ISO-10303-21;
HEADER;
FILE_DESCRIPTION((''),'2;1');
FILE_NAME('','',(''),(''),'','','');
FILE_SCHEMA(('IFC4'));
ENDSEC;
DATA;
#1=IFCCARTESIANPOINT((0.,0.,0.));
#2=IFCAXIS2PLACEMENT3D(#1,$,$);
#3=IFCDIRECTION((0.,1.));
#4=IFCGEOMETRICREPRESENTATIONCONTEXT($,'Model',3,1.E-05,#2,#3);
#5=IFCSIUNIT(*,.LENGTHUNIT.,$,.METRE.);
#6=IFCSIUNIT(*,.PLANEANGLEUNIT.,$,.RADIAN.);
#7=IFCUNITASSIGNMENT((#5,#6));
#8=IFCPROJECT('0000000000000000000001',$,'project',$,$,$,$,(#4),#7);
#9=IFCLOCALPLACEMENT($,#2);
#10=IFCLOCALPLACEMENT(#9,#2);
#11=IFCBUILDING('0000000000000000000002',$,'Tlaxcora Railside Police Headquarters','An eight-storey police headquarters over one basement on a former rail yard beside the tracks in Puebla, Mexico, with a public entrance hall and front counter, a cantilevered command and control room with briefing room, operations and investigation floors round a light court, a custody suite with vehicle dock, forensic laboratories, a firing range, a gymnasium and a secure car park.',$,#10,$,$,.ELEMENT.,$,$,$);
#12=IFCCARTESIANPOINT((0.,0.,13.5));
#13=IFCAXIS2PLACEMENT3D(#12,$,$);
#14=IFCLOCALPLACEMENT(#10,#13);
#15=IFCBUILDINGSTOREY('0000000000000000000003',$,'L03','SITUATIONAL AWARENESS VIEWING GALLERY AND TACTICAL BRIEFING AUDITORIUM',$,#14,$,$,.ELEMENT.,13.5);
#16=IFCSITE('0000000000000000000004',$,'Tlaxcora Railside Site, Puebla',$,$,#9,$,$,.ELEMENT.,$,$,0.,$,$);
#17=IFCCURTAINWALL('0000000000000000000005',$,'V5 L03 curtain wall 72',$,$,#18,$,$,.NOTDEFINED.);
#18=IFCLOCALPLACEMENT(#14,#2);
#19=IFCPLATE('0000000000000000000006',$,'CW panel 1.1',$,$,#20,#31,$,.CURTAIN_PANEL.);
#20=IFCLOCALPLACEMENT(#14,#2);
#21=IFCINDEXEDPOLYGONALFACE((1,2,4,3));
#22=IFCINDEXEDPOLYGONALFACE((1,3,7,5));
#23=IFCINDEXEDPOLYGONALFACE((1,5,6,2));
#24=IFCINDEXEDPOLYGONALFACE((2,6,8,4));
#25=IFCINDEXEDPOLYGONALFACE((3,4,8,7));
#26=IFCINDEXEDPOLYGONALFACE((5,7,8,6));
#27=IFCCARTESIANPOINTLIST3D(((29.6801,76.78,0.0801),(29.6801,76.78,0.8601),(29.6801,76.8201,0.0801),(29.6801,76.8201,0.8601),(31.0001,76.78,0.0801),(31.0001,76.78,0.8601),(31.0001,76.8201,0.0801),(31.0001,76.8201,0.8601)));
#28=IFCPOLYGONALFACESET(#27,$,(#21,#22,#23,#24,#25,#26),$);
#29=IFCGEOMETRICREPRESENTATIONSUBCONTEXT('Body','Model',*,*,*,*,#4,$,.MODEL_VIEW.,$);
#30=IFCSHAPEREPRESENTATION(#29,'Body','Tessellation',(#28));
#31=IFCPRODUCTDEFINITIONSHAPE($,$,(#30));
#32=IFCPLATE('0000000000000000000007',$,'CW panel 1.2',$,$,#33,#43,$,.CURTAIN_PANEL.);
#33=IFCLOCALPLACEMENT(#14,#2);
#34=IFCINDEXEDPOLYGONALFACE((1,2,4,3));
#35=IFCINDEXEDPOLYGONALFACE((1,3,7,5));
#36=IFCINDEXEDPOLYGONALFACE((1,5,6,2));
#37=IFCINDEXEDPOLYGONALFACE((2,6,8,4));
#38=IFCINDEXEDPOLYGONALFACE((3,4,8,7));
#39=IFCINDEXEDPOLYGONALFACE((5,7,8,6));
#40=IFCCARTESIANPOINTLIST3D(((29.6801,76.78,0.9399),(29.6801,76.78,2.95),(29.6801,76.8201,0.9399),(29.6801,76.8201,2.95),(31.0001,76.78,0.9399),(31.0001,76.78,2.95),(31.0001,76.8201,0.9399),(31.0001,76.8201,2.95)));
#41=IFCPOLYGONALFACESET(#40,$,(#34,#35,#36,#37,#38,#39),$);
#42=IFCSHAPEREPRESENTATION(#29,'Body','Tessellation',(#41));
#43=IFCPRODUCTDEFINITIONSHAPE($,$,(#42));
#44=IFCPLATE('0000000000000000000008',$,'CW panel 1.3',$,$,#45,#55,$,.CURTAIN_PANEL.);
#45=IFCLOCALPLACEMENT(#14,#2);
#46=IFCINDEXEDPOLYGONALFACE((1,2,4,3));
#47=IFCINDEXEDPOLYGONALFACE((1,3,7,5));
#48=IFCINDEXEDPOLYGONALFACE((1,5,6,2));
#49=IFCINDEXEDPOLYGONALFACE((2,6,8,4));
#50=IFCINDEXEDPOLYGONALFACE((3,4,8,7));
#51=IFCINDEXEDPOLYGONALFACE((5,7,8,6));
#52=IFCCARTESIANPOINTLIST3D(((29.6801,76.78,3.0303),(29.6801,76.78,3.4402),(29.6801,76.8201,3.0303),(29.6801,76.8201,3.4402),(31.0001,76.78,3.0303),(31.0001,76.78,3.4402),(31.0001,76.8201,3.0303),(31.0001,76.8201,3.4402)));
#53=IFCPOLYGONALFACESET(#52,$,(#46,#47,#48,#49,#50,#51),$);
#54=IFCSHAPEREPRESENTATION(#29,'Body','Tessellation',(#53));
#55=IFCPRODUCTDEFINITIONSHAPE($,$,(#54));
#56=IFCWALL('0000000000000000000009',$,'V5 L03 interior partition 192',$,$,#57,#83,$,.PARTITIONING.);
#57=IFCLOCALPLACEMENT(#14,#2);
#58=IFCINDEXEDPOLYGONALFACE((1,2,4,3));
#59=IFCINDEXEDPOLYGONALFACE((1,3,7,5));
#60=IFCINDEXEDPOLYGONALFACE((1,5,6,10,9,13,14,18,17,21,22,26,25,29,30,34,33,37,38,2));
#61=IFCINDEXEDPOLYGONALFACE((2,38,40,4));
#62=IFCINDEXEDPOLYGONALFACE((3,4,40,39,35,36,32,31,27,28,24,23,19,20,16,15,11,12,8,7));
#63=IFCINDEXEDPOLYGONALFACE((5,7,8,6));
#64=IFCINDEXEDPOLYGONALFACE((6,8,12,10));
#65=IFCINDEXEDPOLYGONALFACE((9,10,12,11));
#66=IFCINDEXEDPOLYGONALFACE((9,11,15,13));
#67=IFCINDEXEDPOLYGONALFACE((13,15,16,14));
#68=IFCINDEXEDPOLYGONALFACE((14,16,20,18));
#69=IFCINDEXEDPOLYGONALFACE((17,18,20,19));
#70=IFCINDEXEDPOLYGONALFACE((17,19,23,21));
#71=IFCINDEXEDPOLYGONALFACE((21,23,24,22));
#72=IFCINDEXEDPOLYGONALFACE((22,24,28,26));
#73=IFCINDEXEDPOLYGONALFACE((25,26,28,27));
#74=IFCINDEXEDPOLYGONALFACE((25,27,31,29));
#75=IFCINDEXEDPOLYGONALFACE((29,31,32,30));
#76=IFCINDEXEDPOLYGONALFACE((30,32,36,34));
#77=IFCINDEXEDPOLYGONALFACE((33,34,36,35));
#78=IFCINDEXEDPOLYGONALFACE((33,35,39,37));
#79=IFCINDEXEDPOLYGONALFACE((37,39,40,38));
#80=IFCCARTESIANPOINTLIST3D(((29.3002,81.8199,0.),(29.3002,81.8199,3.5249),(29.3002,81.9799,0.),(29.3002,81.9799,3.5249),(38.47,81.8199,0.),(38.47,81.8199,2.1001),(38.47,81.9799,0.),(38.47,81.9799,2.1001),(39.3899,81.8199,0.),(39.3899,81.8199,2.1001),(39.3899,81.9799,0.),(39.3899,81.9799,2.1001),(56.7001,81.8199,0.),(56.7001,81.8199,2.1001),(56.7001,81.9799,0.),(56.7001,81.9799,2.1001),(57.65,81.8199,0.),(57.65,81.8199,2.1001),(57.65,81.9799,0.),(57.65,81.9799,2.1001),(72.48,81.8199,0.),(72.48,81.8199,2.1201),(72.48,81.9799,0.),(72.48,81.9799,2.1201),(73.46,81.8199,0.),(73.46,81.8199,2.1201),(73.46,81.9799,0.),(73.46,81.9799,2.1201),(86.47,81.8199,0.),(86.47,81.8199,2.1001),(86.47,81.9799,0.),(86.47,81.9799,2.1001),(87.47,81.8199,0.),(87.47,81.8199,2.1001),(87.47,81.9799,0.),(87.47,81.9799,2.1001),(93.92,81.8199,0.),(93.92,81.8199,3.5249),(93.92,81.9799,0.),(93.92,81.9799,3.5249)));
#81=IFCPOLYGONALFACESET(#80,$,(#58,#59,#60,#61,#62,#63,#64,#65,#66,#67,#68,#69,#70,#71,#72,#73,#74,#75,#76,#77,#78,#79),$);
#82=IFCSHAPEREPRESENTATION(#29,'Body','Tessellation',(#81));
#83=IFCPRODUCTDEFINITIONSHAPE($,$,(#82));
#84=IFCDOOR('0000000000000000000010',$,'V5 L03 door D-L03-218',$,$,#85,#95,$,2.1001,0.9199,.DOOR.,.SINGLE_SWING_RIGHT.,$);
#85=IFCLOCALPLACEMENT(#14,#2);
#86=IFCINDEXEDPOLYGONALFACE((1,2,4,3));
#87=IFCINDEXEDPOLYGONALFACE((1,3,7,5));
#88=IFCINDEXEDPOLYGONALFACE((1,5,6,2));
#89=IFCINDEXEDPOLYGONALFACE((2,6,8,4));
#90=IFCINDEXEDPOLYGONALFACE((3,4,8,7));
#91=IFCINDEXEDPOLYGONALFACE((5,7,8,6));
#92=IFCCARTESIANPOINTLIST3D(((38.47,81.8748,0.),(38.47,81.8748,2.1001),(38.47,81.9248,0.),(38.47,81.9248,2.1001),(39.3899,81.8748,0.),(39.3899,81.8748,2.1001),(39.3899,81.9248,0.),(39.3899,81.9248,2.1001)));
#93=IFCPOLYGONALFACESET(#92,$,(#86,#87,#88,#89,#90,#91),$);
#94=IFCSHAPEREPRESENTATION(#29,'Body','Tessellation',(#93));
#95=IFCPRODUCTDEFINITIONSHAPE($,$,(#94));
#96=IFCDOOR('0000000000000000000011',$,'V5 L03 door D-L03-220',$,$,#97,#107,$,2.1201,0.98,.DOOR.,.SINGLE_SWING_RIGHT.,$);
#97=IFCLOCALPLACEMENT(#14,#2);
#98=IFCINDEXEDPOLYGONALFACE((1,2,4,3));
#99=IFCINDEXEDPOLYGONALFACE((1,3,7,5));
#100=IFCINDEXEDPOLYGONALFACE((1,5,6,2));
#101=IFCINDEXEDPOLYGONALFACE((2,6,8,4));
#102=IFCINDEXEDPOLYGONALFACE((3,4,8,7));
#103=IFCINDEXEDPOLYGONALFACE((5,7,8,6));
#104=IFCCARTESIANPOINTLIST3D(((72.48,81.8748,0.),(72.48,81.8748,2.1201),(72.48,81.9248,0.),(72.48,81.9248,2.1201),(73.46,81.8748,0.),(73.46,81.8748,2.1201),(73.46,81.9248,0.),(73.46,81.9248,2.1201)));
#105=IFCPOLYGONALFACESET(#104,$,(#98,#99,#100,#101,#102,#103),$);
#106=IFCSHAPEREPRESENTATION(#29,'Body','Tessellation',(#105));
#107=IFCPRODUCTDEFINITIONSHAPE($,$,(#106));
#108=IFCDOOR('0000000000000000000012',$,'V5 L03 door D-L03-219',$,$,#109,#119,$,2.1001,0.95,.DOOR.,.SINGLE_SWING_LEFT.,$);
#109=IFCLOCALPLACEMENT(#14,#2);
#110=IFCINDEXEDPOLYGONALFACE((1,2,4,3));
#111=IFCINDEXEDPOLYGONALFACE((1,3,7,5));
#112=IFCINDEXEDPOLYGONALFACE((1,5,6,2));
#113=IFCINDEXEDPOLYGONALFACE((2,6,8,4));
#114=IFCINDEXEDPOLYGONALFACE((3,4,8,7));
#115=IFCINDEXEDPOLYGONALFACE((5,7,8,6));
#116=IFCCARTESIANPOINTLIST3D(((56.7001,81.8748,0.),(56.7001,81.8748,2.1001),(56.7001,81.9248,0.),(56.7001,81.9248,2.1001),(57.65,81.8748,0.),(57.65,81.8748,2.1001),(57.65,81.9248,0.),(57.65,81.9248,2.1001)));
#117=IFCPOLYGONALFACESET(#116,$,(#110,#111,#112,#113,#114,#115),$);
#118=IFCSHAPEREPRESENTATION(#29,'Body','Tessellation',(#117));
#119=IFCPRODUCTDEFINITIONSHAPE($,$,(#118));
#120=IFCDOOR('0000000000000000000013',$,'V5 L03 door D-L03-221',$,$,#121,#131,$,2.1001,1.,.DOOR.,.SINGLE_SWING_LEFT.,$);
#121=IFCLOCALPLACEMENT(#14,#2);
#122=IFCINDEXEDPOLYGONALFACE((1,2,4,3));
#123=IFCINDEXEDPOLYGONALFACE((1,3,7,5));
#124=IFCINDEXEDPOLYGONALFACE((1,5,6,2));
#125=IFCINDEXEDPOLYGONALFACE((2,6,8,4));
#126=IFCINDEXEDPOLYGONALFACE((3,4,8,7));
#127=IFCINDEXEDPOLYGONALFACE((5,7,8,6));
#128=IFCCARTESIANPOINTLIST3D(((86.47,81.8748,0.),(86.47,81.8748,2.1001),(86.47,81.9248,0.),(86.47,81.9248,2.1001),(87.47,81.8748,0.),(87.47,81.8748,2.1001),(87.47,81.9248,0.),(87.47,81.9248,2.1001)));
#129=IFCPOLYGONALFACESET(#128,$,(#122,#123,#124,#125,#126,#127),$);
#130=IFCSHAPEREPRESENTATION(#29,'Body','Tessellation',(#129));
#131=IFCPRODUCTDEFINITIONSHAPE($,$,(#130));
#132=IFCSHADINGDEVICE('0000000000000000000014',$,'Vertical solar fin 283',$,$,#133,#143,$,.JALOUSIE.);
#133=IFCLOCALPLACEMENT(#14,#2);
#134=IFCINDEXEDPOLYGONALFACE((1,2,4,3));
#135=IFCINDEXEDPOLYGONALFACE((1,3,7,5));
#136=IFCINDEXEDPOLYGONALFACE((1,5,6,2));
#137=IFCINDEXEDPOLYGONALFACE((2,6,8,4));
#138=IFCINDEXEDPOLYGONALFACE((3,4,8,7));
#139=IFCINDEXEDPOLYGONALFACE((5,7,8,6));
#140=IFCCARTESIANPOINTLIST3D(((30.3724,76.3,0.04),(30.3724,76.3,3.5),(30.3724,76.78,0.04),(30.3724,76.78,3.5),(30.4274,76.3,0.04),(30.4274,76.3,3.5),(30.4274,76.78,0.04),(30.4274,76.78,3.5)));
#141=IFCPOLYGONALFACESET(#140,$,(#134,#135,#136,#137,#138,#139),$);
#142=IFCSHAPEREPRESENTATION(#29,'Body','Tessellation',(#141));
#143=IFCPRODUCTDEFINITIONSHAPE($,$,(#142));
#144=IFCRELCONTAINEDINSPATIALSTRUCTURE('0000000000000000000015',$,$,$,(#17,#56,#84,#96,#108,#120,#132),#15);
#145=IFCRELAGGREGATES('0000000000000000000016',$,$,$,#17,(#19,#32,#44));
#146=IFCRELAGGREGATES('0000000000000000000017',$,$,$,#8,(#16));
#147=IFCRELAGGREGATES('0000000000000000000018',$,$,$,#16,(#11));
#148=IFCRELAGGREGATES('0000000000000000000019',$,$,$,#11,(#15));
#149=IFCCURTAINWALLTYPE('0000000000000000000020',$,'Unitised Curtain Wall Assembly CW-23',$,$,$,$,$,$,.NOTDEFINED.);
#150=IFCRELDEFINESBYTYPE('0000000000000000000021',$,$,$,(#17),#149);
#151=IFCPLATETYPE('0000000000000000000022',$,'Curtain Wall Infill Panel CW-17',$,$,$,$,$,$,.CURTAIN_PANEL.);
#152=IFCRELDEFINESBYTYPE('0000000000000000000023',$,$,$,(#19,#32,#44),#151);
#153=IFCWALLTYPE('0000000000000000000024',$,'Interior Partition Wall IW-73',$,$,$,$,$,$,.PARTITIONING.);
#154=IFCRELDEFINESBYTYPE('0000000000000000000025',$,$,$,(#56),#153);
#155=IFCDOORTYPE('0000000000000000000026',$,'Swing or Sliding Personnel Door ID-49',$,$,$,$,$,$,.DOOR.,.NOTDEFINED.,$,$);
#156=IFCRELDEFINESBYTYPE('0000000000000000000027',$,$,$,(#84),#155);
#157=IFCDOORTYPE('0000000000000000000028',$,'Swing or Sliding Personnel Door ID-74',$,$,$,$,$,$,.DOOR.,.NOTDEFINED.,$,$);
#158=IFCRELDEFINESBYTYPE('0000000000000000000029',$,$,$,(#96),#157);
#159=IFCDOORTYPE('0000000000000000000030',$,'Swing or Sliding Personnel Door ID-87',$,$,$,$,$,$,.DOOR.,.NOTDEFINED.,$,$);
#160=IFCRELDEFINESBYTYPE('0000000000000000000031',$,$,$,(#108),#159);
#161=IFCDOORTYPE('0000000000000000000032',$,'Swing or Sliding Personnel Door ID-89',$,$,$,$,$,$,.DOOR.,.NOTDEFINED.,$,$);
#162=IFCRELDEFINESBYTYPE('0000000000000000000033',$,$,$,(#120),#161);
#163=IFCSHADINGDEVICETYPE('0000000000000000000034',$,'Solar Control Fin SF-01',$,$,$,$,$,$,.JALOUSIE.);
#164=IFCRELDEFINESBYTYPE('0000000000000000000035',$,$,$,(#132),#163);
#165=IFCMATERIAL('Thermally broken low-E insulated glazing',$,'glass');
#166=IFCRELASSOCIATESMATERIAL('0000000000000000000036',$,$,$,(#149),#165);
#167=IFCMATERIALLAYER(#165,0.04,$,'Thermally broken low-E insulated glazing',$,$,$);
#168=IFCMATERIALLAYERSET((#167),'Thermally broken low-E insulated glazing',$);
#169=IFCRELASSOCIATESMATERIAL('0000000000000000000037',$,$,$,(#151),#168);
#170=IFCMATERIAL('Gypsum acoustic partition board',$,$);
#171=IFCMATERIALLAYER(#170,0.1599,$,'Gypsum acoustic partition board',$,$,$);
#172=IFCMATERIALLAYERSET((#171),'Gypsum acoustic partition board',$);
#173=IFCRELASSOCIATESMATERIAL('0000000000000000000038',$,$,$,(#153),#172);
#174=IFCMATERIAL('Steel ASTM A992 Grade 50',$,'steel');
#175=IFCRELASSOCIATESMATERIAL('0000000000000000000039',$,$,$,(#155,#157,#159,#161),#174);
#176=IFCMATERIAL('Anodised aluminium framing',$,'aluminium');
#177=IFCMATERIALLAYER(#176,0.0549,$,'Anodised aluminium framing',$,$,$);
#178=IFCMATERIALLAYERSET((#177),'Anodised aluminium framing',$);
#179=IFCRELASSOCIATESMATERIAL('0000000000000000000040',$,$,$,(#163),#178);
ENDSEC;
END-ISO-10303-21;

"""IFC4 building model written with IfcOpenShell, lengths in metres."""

from ifc_helpers import new_model, si_unit, direction, frame, frame_2d, origin, origin_2d, place, context, subcontext, project, spatial, rectangle, extrude, material, layer, layer_set, type_object, element, fill, aggregate, save


model = new_model("IFC4")

# Units and contexts
model_context = context("Model", 3, precision=1e-05, world=origin(), true_north=direction((0.0, 1.0)))
body_context = subcontext(model_context, "Body", "Model", "MODEL_VIEW")
ifc_project = project(units=[si_unit("LENGTHUNIT", "METRE"), si_unit("PLANEANGLEUNIT", "RADIAN")], contexts=[model_context])

# Site, building, storey
site_placement = place(None, origin())
site = spatial("IfcSite", under=ifc_project, at=site_placement, Name="Tlaxcora Railside Site, Puebla", CompositionType="ELEMENT", RefElevation=0.0)
building_placement = place(site_placement, origin())
building = spatial("IfcBuilding", under=site, at=building_placement, Name="Tlaxcora Railside Police Headquarters", Description="An eight-storey police headquarters over one basement on a former rail yard beside the tracks in Puebla, Mexico, with a public entrance hall and front counter, a cantilevered command and control room with briefing room, operations and investigation floors round a light court, a custody suite with vehicle dock, forensic laboratories, a firing range, a gymnasium and a secure car park.", CompositionType="ELEMENT")
storey_placement = place(building_placement, frame((0.0, 0.0, 13.5)))
storey = spatial("IfcBuildingStorey", under=building, at=storey_placement, Name="L03", Description="SITUATIONAL AWARENESS VIEWING GALLERY AND TACTICAL BRIEFING AUDITORIUM", CompositionType="ELEMENT", Elevation=13.5)

# Curtain wall
ifc_material_1 = material(Name="Thermally broken low-E insulated glazing", Category="glass")
curtain_wall_type = type_object("IfcCurtainWallType", Name="Unitised Curtain Wall Assembly CW-23", PredefinedType="NOTDEFINED", material=ifc_material_1)
curtain_wall_placement = place(storey_placement, origin())
curtain_wall = element("IfcCurtainWall", 1, at=curtain_wall_placement, inside=storey, type_object=curtain_wall_type, Name="V5 L03 curtain wall 72", PredefinedType="NOTDEFINED")
ifc_material_2 = material(Name="Anodised aluminium framing", Category="aluminium")

# Plates
ifc_layer_1 = layer(ifc_material_1, 0.04, Name="Thermally broken low-E insulated glazing")
ifc_layer_set_1 = layer_set([ifc_layer_1], Name="Thermally broken low-E insulated glazing")
plate_type = type_object("IfcPlateType", Name="Curtain Wall Infill Panel CW-17", PredefinedType="CURTAIN_PANEL", material=ifc_layer_set_1)
plate_1_placement = place(storey_placement, frame((30.3401, 76.8, 0.0801), z_axis=(0.0, 0.0, 1.0), x_axis=(1.0, 0.0, 0.0)))
plate_1 = element("IfcPlate", 2, at=plate_1_placement, type_object=plate_type, Name="CW panel 1.1", PredefinedType="CURTAIN_PANEL", context=body_context, shape_type="SweptSolid", body=[
    extrude(rectangle(XDim=1.3201, YDim=0.04, at=origin_2d()), origin(), (0.0, 0.0, 1.0), 0.78),
])
plate_2_placement = place(storey_placement, frame((30.3401, 76.8, 0.9399), z_axis=(0.0, 0.0, 1.0), x_axis=(1.0, 0.0, 0.0)))
plate_2 = element("IfcPlate", 3, at=plate_2_placement, type_object=plate_type, Name="CW panel 1.2", PredefinedType="CURTAIN_PANEL", context=body_context, shape_type="SweptSolid", body=[
    extrude(rectangle(XDim=1.3201, YDim=0.04, at=origin_2d()), origin(), (0.0, 0.0, 1.0), 2.01),
])
plate_3_placement = place(storey_placement, frame((30.3401, 76.8, 3.0303), z_axis=(0.0, 0.0, 1.0), x_axis=(1.0, 0.0, 0.0)))
plate_3 = element("IfcPlate", 4, at=plate_3_placement, type_object=plate_type, Name="CW panel 1.3", PredefinedType="CURTAIN_PANEL", context=body_context, shape_type="SweptSolid", body=[
    extrude(rectangle(XDim=1.3201, YDim=0.04, at=origin_2d()), origin(), (0.0, 0.0, 1.0), 0.4099),
])
aggregate(curtain_wall, [plate_1, plate_2, plate_3])

# Wall, openings, doors
ifc_material_3 = material(Name="Gypsum acoustic partition board")
ifc_layer_2 = layer(ifc_material_3, 0.1599, Name="Gypsum acoustic partition board")
ifc_layer_set_2 = layer_set([ifc_layer_2], Name="Gypsum acoustic partition board")
wall_type = type_object("IfcWallType", Name="Interior Partition Wall IW-73", PredefinedType="PARTITIONING", material=ifc_layer_set_2)
wall_placement = place(storey_placement, frame((29.3, 81.8999, 0.0), z_axis=(0.0, 0.0, 1.0), x_axis=(1.0, 0.0, 0.0)))
wall = element("IfcWall", 5, at=wall_placement, inside=storey, type_object=wall_type, Name="V5 L03 interior partition 192", PredefinedType="PARTITIONING", context=body_context, shape_type="SweptSolid", body=[
    extrude(rectangle(XDim=64.6199, YDim=0.1599, at=frame_2d((32.3101, 0.0))), origin(), (0.0, 0.0, 1.0), 3.5249),
])
opening_1_placement = place(wall_placement, frame((9.1699, 0.0, 0.0)))
opening_1 = element("IfcOpeningElement", 6, at=opening_1_placement, cuts=wall, PredefinedType="OPENING", context=body_context, shape_type="SweptSolid", body=[
    extrude(rectangle(XDim=0.9199, YDim=2.1001, at=frame_2d((0.46, 1.05))), frame((0.0, 0.0898, 0.0), z_axis=(0.0, -1.0, 0.0), x_axis=(1.0, 0.0, 0.0)), (0.0, 0.0, 1.0), 0.1799),
])
opening_2_placement = place(wall_placement, frame((27.3999, 0.0, 0.0)))
opening_2 = element("IfcOpeningElement", 7, at=opening_2_placement, cuts=wall, PredefinedType="OPENING", context=body_context, shape_type="SweptSolid", body=[
    extrude(rectangle(XDim=0.95, YDim=2.1001, at=frame_2d((0.4751, 1.05))), frame((0.0, 0.0898, 0.0), z_axis=(0.0, -1.0, 0.0), x_axis=(1.0, 0.0, 0.0)), (0.0, 0.0, 1.0), 0.1799),
])
opening_3_placement = place(wall_placement, frame((43.1799, 0.0, 0.0)))
opening_3 = element("IfcOpeningElement", 8, at=opening_3_placement, cuts=wall, PredefinedType="OPENING", context=body_context, shape_type="SweptSolid", body=[
    extrude(rectangle(XDim=0.98, YDim=2.1201, at=frame_2d((0.49, 1.0601))), frame((0.0, 0.0898, 0.0), z_axis=(0.0, -1.0, 0.0), x_axis=(1.0, 0.0, 0.0)), (0.0, 0.0, 1.0), 0.1799),
])
opening_4_placement = place(wall_placement, frame((57.1699, 0.0, 0.0)))
opening_4 = element("IfcOpeningElement", 9, at=opening_4_placement, cuts=wall, PredefinedType="OPENING", context=body_context, shape_type="SweptSolid", body=[
    extrude(rectangle(XDim=1.0, YDim=2.1001, at=frame_2d((0.5, 1.05))), frame((0.0, 0.0898, 0.0), z_axis=(0.0, -1.0, 0.0), x_axis=(1.0, 0.0, 0.0)), (0.0, 0.0, 1.0), 0.1799),
])
ifc_material_4 = material(Name="Steel ASTM A992 Grade 50", Category="steel")
door_type_1 = type_object("IfcDoorType", Name="Swing or Sliding Personnel Door ID-49", OperationType="NOTDEFINED", PredefinedType="DOOR", material=ifc_material_4)
door_1_placement = place(opening_1_placement, origin())
door_1 = element("IfcDoor", 10, at=door_1_placement, inside=storey, type_object=door_type_1, Name="V5 L03 door D-L03-218", OperationType="SINGLE_SWING_RIGHT", OverallHeight=2.1001, OverallWidth=0.9199, PredefinedType="DOOR", context=body_context, shape_type="SweptSolid", body=[
    extrude(rectangle(XDim=0.9199, YDim=2.1001, at=frame_2d((0.46, 1.05))), frame((0.0, 0.0249, 0.0), z_axis=(0.0, -1.0, 0.0), x_axis=(1.0, 0.0, 0.0)), (0.0, 0.0, 1.0), 0.05),
])
fill(opening_1, door_1)
door_type_2 = type_object("IfcDoorType", Name="Swing or Sliding Personnel Door ID-74", OperationType="NOTDEFINED", PredefinedType="DOOR", material=ifc_material_4)
door_2_placement = place(opening_3_placement, origin())
door_2 = element("IfcDoor", 11, at=door_2_placement, inside=storey, type_object=door_type_2, Name="V5 L03 door D-L03-220", OperationType="SINGLE_SWING_RIGHT", OverallHeight=2.1201, OverallWidth=0.98, PredefinedType="DOOR", context=body_context, shape_type="SweptSolid", body=[
    extrude(rectangle(XDim=0.98, YDim=2.1201, at=frame_2d((0.49, 1.0601))), frame((0.0, 0.0249, 0.0), z_axis=(0.0, -1.0, 0.0), x_axis=(1.0, 0.0, 0.0)), (0.0, 0.0, 1.0), 0.05),
])
fill(opening_3, door_2)
door_type_3 = type_object("IfcDoorType", Name="Swing or Sliding Personnel Door ID-87", OperationType="NOTDEFINED", PredefinedType="DOOR", material=ifc_material_4)
door_3_placement = place(opening_2_placement, origin())
door_3 = element("IfcDoor", 12, at=door_3_placement, inside=storey, type_object=door_type_3, Name="V5 L03 door D-L03-219", OperationType="SINGLE_SWING_LEFT", OverallHeight=2.1001, OverallWidth=0.95, PredefinedType="DOOR", context=body_context, shape_type="SweptSolid", body=[
    extrude(rectangle(XDim=0.95, YDim=2.1001, at=frame_2d((0.4751, 1.05))), frame((0.0, 0.0249, 0.0), z_axis=(0.0, -1.0, 0.0), x_axis=(1.0, 0.0, 0.0)), (0.0, 0.0, 1.0), 0.05),
])
fill(opening_2, door_3)
door_type_4 = type_object("IfcDoorType", Name="Swing or Sliding Personnel Door ID-89", OperationType="NOTDEFINED", PredefinedType="DOOR", material=ifc_material_4)
door_4_placement = place(opening_4_placement, origin())
door_4 = element("IfcDoor", 13, at=door_4_placement, inside=storey, type_object=door_type_4, Name="V5 L03 door D-L03-221", OperationType="SINGLE_SWING_LEFT", OverallHeight=2.1001, OverallWidth=1.0, PredefinedType="DOOR", context=body_context, shape_type="SweptSolid", body=[
    extrude(rectangle(XDim=1.0, YDim=2.1001, at=frame_2d((0.5, 1.05))), frame((0.0, 0.0249, 0.0), z_axis=(0.0, -1.0, 0.0), x_axis=(1.0, 0.0, 0.0)), (0.0, 0.0, 1.0), 0.05),
])
fill(opening_4, door_4)

# Shading device
ifc_layer_3 = layer(ifc_material_2, 0.0549, Name="Anodised aluminium framing")
ifc_layer_set_3 = layer_set([ifc_layer_3], Name="Anodised aluminium framing")
shading_device_type = type_object("IfcShadingDeviceType", Name="Solar Control Fin SF-01", PredefinedType="JALOUSIE", material=ifc_layer_set_3)
shading_device_placement = place(storey_placement, frame((30.3999, 76.54, 0.04), z_axis=(0.0, 0.0, 1.0), x_axis=(0.0, -1.0, 0.0)))
element("IfcShadingDevice", 14, at=shading_device_placement, inside=storey, type_object=shading_device_type, Name="Vertical solar fin 283", PredefinedType="JALOUSIE", context=body_context, shape_type="SweptSolid", body=[
    extrude(rectangle(XDim=0.48, YDim=0.0549, at=origin_2d()), origin(), (0.0, 0.0, 1.0), 3.46),
])

save(model, "model.ifc")
